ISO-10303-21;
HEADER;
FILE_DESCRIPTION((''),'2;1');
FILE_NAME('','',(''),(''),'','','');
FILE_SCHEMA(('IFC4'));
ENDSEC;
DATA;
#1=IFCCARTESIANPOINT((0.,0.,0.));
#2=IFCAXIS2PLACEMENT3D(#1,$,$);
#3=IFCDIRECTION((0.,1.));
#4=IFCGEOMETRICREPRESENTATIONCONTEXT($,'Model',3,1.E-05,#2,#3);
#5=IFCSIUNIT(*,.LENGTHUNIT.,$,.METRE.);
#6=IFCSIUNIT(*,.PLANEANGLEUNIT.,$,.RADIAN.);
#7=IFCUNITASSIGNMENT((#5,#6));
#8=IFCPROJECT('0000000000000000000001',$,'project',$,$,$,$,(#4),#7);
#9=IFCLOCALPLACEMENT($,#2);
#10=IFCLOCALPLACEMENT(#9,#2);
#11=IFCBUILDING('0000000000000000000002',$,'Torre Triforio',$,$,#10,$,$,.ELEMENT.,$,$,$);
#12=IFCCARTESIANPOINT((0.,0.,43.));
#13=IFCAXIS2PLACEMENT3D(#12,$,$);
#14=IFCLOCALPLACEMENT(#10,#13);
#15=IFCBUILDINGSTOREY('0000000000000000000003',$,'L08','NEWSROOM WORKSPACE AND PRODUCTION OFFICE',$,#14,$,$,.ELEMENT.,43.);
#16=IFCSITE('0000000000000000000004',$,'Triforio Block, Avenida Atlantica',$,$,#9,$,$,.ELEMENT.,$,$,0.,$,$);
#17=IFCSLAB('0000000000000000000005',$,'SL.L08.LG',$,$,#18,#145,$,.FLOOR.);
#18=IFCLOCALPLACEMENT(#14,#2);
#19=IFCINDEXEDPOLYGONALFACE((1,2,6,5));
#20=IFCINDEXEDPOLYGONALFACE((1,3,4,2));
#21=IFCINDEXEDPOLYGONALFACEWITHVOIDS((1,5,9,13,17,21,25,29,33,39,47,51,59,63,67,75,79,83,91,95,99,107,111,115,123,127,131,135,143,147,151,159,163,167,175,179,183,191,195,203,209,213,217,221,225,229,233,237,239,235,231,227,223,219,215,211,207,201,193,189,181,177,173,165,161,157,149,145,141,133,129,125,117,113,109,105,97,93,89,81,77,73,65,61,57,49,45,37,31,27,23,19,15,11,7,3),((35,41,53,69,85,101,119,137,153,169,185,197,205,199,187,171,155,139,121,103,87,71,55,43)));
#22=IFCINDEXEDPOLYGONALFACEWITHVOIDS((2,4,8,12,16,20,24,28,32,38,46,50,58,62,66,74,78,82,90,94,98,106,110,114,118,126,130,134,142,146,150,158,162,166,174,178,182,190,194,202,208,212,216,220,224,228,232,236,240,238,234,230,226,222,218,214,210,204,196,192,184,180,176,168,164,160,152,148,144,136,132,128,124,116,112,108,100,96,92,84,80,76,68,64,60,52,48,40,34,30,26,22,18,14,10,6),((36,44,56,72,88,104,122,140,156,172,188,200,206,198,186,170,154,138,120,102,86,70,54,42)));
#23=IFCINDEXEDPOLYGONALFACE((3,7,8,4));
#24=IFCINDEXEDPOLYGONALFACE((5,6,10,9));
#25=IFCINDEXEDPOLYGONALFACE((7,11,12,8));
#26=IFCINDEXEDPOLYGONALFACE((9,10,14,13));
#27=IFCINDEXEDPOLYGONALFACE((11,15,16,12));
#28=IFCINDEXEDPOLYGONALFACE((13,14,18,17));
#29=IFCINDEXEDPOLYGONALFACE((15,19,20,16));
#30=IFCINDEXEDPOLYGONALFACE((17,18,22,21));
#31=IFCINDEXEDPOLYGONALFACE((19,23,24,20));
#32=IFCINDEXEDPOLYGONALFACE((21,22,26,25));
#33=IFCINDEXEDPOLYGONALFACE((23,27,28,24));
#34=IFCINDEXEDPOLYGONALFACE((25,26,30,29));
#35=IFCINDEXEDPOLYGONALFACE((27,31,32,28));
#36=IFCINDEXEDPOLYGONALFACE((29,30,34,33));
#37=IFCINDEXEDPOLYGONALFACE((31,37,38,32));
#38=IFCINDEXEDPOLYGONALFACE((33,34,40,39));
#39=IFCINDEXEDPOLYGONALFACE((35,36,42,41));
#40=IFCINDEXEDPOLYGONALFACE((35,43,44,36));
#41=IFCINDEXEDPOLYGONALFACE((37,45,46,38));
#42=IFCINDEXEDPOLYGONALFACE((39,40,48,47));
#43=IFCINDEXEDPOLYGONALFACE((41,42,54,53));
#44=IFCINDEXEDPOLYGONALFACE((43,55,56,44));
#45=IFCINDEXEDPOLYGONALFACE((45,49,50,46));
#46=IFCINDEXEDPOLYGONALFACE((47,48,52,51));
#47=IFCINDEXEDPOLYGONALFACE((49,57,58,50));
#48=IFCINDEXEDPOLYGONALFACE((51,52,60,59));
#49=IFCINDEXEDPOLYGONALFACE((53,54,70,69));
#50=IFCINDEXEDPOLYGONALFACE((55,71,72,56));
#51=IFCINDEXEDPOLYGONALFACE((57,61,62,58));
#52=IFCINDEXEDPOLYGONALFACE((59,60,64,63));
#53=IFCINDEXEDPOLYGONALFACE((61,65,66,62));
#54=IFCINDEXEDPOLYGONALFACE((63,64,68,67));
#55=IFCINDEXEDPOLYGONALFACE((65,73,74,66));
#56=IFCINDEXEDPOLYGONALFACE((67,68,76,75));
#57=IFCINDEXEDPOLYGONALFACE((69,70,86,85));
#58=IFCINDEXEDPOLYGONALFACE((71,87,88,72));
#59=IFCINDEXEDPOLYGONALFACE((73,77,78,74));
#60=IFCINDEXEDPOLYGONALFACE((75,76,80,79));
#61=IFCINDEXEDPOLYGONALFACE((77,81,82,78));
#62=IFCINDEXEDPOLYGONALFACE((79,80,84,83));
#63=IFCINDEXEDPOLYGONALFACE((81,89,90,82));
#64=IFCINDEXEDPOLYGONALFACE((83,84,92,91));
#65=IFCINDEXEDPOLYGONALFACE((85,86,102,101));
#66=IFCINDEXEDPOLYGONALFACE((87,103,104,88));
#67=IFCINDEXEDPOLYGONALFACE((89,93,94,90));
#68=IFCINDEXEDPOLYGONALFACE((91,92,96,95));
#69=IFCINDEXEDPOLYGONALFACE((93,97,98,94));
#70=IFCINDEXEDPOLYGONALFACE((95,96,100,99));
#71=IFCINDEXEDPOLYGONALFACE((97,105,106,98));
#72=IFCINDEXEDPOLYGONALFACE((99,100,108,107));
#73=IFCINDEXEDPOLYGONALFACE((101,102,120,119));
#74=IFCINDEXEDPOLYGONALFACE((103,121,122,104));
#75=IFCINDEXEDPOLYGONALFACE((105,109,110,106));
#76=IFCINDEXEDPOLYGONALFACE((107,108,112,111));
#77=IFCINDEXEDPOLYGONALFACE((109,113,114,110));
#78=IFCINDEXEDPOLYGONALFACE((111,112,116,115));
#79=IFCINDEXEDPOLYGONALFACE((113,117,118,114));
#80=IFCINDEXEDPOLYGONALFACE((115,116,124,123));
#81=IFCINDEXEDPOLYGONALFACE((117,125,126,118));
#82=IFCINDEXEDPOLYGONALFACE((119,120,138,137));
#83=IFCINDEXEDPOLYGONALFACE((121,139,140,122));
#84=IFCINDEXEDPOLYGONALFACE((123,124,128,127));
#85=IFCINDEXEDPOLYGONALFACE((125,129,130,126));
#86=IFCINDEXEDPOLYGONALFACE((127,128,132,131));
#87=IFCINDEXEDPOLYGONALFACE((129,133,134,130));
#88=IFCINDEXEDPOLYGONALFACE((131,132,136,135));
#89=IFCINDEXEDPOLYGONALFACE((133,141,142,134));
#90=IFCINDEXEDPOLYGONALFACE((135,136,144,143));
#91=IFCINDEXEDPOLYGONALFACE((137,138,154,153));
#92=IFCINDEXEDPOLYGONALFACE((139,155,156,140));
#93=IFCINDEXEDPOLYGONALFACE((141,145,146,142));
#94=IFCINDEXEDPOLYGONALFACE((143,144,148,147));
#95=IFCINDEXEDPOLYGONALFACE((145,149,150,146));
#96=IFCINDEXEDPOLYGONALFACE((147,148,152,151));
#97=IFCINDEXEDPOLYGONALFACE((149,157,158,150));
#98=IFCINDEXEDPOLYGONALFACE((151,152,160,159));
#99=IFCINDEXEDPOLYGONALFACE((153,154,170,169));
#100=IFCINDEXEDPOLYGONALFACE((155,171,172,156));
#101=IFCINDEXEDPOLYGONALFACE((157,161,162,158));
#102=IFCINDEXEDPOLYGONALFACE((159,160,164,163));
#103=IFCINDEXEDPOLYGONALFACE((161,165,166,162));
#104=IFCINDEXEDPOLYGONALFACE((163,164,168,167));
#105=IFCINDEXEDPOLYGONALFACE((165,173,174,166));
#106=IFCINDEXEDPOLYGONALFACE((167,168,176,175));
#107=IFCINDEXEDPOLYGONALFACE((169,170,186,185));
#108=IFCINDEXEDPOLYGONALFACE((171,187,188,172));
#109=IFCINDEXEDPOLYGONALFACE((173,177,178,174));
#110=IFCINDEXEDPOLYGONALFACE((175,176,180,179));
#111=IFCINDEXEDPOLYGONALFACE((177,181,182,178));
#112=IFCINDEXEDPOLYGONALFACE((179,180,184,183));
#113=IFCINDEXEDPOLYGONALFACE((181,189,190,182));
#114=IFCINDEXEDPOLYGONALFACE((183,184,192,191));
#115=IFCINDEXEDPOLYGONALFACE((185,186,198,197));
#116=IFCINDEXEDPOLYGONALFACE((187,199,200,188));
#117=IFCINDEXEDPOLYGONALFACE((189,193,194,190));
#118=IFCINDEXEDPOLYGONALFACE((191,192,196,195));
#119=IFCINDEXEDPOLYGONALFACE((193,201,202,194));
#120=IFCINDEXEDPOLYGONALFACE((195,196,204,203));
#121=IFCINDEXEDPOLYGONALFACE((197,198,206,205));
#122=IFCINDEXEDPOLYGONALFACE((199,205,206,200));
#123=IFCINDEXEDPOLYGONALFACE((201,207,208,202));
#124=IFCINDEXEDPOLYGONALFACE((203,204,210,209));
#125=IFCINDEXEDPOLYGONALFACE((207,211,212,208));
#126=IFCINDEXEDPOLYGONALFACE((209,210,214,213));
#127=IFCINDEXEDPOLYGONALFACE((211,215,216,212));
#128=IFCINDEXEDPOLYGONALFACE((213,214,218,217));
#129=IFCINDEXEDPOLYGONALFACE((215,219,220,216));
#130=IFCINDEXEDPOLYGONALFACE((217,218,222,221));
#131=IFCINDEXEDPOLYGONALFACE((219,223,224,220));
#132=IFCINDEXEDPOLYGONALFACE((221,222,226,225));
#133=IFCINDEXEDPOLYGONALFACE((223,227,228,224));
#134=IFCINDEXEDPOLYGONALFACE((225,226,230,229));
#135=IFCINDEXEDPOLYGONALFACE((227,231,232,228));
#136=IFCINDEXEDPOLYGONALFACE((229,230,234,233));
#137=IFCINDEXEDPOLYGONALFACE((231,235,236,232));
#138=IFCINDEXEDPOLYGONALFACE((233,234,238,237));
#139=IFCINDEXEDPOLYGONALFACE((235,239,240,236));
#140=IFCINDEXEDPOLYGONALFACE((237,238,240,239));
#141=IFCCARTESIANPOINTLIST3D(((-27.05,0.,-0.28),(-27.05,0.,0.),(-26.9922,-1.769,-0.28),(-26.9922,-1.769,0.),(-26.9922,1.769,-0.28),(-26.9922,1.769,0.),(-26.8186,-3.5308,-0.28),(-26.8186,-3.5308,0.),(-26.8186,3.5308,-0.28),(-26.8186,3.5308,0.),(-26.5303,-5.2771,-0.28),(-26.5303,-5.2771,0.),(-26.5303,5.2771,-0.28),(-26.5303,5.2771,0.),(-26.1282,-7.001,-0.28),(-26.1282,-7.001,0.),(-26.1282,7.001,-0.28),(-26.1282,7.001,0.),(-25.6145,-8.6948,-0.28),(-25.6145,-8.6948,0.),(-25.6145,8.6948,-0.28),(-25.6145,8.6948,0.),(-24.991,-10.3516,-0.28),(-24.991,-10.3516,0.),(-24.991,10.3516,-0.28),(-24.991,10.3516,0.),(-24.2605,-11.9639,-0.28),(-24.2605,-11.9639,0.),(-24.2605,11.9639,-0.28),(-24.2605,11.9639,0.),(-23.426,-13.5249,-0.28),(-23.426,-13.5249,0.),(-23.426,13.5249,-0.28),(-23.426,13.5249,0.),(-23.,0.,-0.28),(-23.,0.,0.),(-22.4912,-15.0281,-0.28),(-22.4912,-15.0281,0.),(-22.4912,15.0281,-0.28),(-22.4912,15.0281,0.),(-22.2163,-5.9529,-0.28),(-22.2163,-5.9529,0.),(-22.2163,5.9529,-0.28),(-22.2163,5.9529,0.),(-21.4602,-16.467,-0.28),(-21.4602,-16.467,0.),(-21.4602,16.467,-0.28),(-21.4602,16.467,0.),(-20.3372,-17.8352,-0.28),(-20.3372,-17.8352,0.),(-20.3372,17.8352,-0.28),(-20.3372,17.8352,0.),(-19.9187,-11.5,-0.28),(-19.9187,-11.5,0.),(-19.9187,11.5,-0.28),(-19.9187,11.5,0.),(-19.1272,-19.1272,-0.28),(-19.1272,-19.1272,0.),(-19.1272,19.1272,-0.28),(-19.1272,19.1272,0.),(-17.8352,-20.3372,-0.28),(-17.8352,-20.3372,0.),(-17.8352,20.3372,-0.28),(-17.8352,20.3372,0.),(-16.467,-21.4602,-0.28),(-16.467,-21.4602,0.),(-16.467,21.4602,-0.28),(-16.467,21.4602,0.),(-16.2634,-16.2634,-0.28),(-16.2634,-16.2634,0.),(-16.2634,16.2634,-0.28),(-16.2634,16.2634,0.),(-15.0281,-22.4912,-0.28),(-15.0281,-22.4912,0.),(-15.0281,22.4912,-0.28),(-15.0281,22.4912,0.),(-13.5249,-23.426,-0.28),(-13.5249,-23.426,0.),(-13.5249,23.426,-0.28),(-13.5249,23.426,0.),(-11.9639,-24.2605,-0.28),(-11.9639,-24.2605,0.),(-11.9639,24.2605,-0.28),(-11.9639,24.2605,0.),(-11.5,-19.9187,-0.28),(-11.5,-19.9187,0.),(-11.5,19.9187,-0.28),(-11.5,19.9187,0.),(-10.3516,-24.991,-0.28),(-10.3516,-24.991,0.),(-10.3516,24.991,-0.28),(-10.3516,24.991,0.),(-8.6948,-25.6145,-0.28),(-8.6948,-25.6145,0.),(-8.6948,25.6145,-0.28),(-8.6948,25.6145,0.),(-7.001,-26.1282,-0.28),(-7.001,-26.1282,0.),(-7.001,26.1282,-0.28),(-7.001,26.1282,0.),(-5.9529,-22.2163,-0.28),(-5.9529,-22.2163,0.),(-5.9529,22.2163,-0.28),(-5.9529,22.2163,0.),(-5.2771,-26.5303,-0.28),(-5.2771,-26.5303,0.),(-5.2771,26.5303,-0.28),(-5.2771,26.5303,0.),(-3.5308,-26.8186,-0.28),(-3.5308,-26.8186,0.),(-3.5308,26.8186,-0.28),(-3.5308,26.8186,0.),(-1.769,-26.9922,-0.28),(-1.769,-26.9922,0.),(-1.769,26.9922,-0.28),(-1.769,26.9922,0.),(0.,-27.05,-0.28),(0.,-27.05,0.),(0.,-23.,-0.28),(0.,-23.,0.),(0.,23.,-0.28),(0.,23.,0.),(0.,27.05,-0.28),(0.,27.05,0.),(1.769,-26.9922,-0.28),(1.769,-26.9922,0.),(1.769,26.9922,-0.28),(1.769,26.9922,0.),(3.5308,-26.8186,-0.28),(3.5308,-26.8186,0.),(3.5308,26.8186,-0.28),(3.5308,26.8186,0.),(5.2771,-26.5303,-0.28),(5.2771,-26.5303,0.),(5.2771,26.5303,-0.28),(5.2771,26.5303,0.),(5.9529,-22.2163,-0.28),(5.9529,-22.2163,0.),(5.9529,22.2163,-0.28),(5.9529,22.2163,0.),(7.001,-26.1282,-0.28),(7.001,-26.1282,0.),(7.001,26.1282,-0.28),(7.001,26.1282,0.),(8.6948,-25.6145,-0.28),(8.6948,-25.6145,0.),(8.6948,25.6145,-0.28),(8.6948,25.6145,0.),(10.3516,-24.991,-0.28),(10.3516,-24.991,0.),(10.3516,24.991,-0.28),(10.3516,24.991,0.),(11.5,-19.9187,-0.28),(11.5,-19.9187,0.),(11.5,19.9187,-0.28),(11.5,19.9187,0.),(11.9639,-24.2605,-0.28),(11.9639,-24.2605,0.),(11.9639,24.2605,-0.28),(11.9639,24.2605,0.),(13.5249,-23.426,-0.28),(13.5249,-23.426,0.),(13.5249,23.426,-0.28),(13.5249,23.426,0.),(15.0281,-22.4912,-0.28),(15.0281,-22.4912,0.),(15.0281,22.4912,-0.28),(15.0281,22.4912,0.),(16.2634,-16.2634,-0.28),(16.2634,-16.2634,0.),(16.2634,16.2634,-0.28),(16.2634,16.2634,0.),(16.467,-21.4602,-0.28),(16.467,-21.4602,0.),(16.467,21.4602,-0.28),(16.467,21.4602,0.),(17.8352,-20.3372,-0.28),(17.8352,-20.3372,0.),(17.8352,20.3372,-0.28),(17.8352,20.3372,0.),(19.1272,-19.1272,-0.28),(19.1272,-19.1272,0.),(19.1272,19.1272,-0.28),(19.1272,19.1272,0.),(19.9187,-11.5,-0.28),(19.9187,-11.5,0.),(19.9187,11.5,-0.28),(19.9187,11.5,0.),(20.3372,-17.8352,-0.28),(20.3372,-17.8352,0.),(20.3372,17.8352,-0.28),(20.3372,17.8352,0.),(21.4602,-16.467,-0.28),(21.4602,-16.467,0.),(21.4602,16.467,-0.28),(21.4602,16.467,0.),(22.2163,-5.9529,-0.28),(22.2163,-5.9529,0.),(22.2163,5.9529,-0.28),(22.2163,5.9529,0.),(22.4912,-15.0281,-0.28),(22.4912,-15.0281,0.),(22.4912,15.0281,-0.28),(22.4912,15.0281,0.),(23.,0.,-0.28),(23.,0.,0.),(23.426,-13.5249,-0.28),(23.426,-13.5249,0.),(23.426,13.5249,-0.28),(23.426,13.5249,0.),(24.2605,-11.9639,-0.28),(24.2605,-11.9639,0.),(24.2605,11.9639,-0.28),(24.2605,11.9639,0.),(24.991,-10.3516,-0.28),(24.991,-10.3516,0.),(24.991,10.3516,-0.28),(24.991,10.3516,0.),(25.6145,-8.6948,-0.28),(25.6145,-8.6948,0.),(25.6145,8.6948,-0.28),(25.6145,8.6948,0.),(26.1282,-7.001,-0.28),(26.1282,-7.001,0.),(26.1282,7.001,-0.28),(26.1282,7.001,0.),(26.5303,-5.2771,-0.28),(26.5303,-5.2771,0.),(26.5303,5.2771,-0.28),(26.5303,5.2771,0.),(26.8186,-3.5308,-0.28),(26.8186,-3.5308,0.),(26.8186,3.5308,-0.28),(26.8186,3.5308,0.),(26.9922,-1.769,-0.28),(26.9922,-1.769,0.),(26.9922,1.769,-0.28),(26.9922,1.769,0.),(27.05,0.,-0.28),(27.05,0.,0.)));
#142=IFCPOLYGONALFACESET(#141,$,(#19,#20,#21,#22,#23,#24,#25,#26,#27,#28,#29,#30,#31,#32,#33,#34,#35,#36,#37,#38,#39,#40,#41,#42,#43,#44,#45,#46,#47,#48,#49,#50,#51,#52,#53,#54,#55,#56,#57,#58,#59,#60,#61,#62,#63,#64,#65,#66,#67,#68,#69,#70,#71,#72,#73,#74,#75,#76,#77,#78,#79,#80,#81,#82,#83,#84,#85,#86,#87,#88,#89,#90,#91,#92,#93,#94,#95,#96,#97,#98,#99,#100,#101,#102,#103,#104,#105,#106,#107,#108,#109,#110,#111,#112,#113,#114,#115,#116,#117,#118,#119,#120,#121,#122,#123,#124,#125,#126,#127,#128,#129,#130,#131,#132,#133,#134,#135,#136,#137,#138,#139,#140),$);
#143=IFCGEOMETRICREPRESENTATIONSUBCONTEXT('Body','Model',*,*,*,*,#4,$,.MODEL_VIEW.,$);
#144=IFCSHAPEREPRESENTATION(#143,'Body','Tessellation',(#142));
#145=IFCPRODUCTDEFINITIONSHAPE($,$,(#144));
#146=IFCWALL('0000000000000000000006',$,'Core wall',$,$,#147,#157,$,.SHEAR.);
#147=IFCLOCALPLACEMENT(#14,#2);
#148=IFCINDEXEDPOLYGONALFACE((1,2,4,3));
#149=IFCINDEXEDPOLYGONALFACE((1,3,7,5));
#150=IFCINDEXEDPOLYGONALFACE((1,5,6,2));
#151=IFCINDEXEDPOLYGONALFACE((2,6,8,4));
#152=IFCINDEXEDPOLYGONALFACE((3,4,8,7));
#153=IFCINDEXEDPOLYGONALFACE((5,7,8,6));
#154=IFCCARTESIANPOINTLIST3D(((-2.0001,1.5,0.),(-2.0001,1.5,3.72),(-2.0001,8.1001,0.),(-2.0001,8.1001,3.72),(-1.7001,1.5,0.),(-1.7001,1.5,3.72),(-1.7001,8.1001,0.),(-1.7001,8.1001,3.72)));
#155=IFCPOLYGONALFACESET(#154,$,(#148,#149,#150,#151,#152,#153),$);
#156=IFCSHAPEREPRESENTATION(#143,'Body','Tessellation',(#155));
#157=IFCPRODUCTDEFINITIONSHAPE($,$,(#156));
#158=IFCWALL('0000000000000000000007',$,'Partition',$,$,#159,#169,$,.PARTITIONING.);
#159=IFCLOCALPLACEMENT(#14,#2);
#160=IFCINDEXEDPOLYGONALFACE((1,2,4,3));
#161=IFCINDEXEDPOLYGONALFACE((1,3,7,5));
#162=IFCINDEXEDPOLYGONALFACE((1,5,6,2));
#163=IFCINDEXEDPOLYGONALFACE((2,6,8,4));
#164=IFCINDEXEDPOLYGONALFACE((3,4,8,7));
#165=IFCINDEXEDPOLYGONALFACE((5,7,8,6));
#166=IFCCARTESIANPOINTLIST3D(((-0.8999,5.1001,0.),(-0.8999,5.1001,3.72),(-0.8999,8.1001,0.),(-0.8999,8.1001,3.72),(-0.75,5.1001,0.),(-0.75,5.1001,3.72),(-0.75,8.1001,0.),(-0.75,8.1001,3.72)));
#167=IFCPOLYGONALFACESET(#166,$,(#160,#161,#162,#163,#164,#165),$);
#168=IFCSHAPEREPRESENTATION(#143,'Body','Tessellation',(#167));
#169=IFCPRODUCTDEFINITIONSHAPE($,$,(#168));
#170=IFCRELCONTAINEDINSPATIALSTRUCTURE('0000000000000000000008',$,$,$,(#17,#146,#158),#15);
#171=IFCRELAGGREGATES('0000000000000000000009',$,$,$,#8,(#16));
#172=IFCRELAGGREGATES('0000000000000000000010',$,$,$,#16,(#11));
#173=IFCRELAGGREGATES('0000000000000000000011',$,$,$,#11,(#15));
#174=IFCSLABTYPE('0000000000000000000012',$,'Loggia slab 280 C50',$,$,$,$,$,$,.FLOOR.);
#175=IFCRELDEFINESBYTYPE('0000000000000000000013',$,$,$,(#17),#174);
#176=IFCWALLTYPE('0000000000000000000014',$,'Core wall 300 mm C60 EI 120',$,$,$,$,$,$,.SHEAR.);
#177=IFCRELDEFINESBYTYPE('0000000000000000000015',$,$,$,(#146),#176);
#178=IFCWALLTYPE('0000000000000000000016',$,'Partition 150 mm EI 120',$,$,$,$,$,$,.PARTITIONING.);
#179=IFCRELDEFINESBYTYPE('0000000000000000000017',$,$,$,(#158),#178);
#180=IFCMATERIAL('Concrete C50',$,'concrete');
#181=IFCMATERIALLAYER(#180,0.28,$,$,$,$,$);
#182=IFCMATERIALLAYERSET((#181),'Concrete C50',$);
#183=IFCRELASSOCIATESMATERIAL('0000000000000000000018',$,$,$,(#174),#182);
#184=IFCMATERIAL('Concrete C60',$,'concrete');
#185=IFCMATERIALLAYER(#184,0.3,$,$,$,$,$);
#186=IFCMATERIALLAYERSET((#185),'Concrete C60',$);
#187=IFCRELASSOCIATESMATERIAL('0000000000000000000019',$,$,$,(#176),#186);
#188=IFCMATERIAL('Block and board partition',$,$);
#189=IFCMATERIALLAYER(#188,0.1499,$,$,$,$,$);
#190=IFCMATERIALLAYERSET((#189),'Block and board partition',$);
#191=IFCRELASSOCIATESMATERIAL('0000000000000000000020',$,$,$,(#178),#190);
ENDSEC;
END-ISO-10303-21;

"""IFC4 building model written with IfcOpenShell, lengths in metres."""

from ifc_helpers import new_model, si_unit, direction, frame, frame_2d, origin, place, context, subcontext, project, spatial, polyline, rectangle, outline, extrude, material, layer, layer_set, type_object, element, save


model = new_model("IFC4")

# Units and contexts
model_context = context("Model", 3, precision=1e-05, world=origin(), true_north=direction((0.0, 1.0)))
body_context = subcontext(model_context, "Body", "Model", "MODEL_VIEW")
ifc_project = project(units=[si_unit("LENGTHUNIT", "METRE"), si_unit("PLANEANGLEUNIT", "RADIAN")], contexts=[model_context])

# Site, building, storey
site_placement = place(None, origin())
site = spatial("IfcSite", under=ifc_project, at=site_placement, Name="Triforio Block, Avenida Atlantica", CompositionType="ELEMENT", RefElevation=0.0)
building_placement = place(site_placement, origin())
building = spatial("IfcBuilding", under=site, at=building_placement, Name="Torre Triforio", CompositionType="ELEMENT")
storey_placement = place(building_placement, frame((0.0, 0.0, 43.0)))
storey = spatial("IfcBuildingStorey", under=building, at=storey_placement, Name="L08", Description="NEWSROOM WORKSPACE AND PRODUCTION OFFICE", CompositionType="ELEMENT", Elevation=43.0)

# Shared definitions
ifc_material_1 = material(Name="Concrete C50", Category="concrete")

# Slab
ifc_layer_1 = layer(ifc_material_1, 0.28)
ifc_layer_set_1 = layer_set([ifc_layer_1], Name="Concrete C50")
slab_type_1 = type_object("IfcSlabType", Name="Loggia slab 280 C50", PredefinedType="FLOOR", material=ifc_layer_set_1)
slab_1_placement = place(storey_placement, frame((0.0, 0.0, -0.28)))
element("IfcSlab", 1, at=slab_1_placement, inside=storey, type_object=slab_type_1, Name="SL.L08.LG", PredefinedType="FLOOR", context=body_context, shape_type="SweptSolid", body=[
    extrude(outline(polyline([(26.9922, -1.769), (27.05, 0.0), (26.9922, 1.769), (26.8186, 3.5308), (26.5303, 5.2771), (26.1282, 7.001), (25.6145, 8.6948), (24.991, 10.3516), (24.2605, 11.9639), (23.426, 13.5249), (22.4912, 15.0281), (21.4602, 16.467), (20.3372, 17.8352), (19.1272, 19.1272), (17.8352, 20.3372), (16.467, 21.4602), (15.0281, 22.4912), (13.5249, 23.426), (11.9639, 24.2605), (10.3516, 24.991), (8.6948, 25.6145), (7.001, 26.1282), (5.2771, 26.5303), (3.5308, 26.8186), (1.769, 26.9922), (0.0, 27.05), (-1.769, 26.9922), (-3.5308, 26.8186), (-5.2771, 26.5303), (-7.001, 26.1282), (-8.6948, 25.6145), (-10.3516, 24.991), (-11.9639, 24.2605), (-13.5249, 23.426), (-15.0281, 22.4912), (-16.467, 21.4602), (-17.8352, 20.3372), (-19.1272, 19.1272), (-20.3372, 17.8352), (-21.4602, 16.467), (-22.4912, 15.0281), (-23.426, 13.5249), (-24.2605, 11.9639), (-24.991, 10.3516), (-25.6145, 8.6948), (-26.1282, 7.001), (-26.5303, 5.2771), (-26.8186, 3.5308), (-26.9922, 1.769), (-27.05, 0.0), (-26.9922, -1.769), (-26.8186, -3.5308), (-26.5303, -5.2771), (-26.1282, -7.001), (-25.6145, -8.6948), (-24.991, -10.3516), (-24.2605, -11.9639), (-23.426, -13.5249), (-22.4912, -15.0281), (-21.4602, -16.467), (-20.3372, -17.8352), (-19.1272, -19.1272), (-17.8352, -20.3372), (-16.467, -21.4602), (-15.0281, -22.4912), (-13.5249, -23.426), (-11.9639, -24.2605), (-10.3516, -24.991), (-8.6948, -25.6145), (-7.001, -26.1282), (-5.2771, -26.5303), (-3.5308, -26.8186), (-1.769, -26.9922), (0.0, -27.05), (1.769, -26.9922), (3.5308, -26.8186), (5.2771, -26.5303), (7.001, -26.1282), (8.6948, -25.6145), (10.3516, -24.991), (11.9639, -24.2605), (13.5249, -23.426), (15.0281, -22.4912), (16.467, -21.4602), (17.8352, -20.3372), (19.1272, -19.1272), (20.3372, -17.8352), (21.4602, -16.467), (22.4912, -15.0281), (23.426, -13.5249), (24.2605, -11.9639), (24.991, -10.3516), (25.6145, -8.6948), (26.1282, -7.001), (26.5303, -5.2771), (26.8186, -3.5308), (26.9922, -1.769)]), holes=[polyline([(22.2163, 5.9529), (23.0, 0.0), (22.2163, -5.9529), (19.9187, -11.5), (16.2634, -16.2634), (11.5, -19.9187), (5.9529, -22.2163), (0.0, -23.0), (-5.9529, -22.2163), (-11.5, -19.9187), (-16.2634, -16.2634), (-19.9187, -11.5), (-22.2163, -5.9529), (-23.0, 0.0), (-22.2163, 5.9529), (-19.9187, 11.5), (-16.2634, 16.2634), (-11.5, 19.9187), (-5.9529, 22.2163), (0.0, 23.0), (5.9529, 22.2163), (11.5, 19.9187), (16.2634, 16.2634), (19.9187, 11.5), (22.2163, 5.9529)])]), origin(), (0.0, 0.0, 1.0), 0.28),
])

# Walls
ifc_material_2 = material(Name="Concrete C60", Category="concrete")
ifc_layer_2 = layer(ifc_material_2, 0.3)
ifc_layer_set_2 = layer_set([ifc_layer_2], Name="Concrete C60")
wall_type_1 = type_object("IfcWallType", Name="Core wall 300 mm C60 EI 120", PredefinedType="SHEAR", material=ifc_layer_set_2)
wall_1_placement = place(storey_placement, frame((-1.8501, 1.5, 0.0), z_axis=(0.0, 0.0, 1.0), x_axis=(0.0, 1.0, 0.0)))
element("IfcWall", 2, at=wall_1_placement, inside=storey, type_object=wall_type_1, Name="Core wall", PredefinedType="SHEAR", context=body_context, shape_type="SweptSolid", body=[
    extrude(rectangle(XDim=6.6001, YDim=0.3, at=frame_2d((3.3, 0.0))), origin(), (0.0, 0.0, 1.0), 3.72),
])
ifc_material_3 = material(Name="Block and board partition")
ifc_layer_3 = layer(ifc_material_3, 0.1499)
ifc_layer_set_3 = layer_set([ifc_layer_3], Name="Block and board partition")
wall_type_2 = type_object("IfcWallType", Name="Partition 150 mm EI 120", PredefinedType="PARTITIONING", material=ifc_layer_set_3)
wall_2_placement = place(storey_placement, frame((-0.825, 5.1001, 0.0), z_axis=(0.0, 0.0, 1.0), x_axis=(0.0, 1.0, 0.0)))
element("IfcWall", 3, at=wall_2_placement, inside=storey, type_object=wall_type_2, Name="Partition", PredefinedType="PARTITIONING", context=body_context, shape_type="SweptSolid", body=[
    extrude(rectangle(XDim=3.0, YDim=0.1499, at=frame_2d((1.5, 0.0))), origin(), (0.0, 0.0, 1.0), 3.72),
])

save(model, "model.ifc")
